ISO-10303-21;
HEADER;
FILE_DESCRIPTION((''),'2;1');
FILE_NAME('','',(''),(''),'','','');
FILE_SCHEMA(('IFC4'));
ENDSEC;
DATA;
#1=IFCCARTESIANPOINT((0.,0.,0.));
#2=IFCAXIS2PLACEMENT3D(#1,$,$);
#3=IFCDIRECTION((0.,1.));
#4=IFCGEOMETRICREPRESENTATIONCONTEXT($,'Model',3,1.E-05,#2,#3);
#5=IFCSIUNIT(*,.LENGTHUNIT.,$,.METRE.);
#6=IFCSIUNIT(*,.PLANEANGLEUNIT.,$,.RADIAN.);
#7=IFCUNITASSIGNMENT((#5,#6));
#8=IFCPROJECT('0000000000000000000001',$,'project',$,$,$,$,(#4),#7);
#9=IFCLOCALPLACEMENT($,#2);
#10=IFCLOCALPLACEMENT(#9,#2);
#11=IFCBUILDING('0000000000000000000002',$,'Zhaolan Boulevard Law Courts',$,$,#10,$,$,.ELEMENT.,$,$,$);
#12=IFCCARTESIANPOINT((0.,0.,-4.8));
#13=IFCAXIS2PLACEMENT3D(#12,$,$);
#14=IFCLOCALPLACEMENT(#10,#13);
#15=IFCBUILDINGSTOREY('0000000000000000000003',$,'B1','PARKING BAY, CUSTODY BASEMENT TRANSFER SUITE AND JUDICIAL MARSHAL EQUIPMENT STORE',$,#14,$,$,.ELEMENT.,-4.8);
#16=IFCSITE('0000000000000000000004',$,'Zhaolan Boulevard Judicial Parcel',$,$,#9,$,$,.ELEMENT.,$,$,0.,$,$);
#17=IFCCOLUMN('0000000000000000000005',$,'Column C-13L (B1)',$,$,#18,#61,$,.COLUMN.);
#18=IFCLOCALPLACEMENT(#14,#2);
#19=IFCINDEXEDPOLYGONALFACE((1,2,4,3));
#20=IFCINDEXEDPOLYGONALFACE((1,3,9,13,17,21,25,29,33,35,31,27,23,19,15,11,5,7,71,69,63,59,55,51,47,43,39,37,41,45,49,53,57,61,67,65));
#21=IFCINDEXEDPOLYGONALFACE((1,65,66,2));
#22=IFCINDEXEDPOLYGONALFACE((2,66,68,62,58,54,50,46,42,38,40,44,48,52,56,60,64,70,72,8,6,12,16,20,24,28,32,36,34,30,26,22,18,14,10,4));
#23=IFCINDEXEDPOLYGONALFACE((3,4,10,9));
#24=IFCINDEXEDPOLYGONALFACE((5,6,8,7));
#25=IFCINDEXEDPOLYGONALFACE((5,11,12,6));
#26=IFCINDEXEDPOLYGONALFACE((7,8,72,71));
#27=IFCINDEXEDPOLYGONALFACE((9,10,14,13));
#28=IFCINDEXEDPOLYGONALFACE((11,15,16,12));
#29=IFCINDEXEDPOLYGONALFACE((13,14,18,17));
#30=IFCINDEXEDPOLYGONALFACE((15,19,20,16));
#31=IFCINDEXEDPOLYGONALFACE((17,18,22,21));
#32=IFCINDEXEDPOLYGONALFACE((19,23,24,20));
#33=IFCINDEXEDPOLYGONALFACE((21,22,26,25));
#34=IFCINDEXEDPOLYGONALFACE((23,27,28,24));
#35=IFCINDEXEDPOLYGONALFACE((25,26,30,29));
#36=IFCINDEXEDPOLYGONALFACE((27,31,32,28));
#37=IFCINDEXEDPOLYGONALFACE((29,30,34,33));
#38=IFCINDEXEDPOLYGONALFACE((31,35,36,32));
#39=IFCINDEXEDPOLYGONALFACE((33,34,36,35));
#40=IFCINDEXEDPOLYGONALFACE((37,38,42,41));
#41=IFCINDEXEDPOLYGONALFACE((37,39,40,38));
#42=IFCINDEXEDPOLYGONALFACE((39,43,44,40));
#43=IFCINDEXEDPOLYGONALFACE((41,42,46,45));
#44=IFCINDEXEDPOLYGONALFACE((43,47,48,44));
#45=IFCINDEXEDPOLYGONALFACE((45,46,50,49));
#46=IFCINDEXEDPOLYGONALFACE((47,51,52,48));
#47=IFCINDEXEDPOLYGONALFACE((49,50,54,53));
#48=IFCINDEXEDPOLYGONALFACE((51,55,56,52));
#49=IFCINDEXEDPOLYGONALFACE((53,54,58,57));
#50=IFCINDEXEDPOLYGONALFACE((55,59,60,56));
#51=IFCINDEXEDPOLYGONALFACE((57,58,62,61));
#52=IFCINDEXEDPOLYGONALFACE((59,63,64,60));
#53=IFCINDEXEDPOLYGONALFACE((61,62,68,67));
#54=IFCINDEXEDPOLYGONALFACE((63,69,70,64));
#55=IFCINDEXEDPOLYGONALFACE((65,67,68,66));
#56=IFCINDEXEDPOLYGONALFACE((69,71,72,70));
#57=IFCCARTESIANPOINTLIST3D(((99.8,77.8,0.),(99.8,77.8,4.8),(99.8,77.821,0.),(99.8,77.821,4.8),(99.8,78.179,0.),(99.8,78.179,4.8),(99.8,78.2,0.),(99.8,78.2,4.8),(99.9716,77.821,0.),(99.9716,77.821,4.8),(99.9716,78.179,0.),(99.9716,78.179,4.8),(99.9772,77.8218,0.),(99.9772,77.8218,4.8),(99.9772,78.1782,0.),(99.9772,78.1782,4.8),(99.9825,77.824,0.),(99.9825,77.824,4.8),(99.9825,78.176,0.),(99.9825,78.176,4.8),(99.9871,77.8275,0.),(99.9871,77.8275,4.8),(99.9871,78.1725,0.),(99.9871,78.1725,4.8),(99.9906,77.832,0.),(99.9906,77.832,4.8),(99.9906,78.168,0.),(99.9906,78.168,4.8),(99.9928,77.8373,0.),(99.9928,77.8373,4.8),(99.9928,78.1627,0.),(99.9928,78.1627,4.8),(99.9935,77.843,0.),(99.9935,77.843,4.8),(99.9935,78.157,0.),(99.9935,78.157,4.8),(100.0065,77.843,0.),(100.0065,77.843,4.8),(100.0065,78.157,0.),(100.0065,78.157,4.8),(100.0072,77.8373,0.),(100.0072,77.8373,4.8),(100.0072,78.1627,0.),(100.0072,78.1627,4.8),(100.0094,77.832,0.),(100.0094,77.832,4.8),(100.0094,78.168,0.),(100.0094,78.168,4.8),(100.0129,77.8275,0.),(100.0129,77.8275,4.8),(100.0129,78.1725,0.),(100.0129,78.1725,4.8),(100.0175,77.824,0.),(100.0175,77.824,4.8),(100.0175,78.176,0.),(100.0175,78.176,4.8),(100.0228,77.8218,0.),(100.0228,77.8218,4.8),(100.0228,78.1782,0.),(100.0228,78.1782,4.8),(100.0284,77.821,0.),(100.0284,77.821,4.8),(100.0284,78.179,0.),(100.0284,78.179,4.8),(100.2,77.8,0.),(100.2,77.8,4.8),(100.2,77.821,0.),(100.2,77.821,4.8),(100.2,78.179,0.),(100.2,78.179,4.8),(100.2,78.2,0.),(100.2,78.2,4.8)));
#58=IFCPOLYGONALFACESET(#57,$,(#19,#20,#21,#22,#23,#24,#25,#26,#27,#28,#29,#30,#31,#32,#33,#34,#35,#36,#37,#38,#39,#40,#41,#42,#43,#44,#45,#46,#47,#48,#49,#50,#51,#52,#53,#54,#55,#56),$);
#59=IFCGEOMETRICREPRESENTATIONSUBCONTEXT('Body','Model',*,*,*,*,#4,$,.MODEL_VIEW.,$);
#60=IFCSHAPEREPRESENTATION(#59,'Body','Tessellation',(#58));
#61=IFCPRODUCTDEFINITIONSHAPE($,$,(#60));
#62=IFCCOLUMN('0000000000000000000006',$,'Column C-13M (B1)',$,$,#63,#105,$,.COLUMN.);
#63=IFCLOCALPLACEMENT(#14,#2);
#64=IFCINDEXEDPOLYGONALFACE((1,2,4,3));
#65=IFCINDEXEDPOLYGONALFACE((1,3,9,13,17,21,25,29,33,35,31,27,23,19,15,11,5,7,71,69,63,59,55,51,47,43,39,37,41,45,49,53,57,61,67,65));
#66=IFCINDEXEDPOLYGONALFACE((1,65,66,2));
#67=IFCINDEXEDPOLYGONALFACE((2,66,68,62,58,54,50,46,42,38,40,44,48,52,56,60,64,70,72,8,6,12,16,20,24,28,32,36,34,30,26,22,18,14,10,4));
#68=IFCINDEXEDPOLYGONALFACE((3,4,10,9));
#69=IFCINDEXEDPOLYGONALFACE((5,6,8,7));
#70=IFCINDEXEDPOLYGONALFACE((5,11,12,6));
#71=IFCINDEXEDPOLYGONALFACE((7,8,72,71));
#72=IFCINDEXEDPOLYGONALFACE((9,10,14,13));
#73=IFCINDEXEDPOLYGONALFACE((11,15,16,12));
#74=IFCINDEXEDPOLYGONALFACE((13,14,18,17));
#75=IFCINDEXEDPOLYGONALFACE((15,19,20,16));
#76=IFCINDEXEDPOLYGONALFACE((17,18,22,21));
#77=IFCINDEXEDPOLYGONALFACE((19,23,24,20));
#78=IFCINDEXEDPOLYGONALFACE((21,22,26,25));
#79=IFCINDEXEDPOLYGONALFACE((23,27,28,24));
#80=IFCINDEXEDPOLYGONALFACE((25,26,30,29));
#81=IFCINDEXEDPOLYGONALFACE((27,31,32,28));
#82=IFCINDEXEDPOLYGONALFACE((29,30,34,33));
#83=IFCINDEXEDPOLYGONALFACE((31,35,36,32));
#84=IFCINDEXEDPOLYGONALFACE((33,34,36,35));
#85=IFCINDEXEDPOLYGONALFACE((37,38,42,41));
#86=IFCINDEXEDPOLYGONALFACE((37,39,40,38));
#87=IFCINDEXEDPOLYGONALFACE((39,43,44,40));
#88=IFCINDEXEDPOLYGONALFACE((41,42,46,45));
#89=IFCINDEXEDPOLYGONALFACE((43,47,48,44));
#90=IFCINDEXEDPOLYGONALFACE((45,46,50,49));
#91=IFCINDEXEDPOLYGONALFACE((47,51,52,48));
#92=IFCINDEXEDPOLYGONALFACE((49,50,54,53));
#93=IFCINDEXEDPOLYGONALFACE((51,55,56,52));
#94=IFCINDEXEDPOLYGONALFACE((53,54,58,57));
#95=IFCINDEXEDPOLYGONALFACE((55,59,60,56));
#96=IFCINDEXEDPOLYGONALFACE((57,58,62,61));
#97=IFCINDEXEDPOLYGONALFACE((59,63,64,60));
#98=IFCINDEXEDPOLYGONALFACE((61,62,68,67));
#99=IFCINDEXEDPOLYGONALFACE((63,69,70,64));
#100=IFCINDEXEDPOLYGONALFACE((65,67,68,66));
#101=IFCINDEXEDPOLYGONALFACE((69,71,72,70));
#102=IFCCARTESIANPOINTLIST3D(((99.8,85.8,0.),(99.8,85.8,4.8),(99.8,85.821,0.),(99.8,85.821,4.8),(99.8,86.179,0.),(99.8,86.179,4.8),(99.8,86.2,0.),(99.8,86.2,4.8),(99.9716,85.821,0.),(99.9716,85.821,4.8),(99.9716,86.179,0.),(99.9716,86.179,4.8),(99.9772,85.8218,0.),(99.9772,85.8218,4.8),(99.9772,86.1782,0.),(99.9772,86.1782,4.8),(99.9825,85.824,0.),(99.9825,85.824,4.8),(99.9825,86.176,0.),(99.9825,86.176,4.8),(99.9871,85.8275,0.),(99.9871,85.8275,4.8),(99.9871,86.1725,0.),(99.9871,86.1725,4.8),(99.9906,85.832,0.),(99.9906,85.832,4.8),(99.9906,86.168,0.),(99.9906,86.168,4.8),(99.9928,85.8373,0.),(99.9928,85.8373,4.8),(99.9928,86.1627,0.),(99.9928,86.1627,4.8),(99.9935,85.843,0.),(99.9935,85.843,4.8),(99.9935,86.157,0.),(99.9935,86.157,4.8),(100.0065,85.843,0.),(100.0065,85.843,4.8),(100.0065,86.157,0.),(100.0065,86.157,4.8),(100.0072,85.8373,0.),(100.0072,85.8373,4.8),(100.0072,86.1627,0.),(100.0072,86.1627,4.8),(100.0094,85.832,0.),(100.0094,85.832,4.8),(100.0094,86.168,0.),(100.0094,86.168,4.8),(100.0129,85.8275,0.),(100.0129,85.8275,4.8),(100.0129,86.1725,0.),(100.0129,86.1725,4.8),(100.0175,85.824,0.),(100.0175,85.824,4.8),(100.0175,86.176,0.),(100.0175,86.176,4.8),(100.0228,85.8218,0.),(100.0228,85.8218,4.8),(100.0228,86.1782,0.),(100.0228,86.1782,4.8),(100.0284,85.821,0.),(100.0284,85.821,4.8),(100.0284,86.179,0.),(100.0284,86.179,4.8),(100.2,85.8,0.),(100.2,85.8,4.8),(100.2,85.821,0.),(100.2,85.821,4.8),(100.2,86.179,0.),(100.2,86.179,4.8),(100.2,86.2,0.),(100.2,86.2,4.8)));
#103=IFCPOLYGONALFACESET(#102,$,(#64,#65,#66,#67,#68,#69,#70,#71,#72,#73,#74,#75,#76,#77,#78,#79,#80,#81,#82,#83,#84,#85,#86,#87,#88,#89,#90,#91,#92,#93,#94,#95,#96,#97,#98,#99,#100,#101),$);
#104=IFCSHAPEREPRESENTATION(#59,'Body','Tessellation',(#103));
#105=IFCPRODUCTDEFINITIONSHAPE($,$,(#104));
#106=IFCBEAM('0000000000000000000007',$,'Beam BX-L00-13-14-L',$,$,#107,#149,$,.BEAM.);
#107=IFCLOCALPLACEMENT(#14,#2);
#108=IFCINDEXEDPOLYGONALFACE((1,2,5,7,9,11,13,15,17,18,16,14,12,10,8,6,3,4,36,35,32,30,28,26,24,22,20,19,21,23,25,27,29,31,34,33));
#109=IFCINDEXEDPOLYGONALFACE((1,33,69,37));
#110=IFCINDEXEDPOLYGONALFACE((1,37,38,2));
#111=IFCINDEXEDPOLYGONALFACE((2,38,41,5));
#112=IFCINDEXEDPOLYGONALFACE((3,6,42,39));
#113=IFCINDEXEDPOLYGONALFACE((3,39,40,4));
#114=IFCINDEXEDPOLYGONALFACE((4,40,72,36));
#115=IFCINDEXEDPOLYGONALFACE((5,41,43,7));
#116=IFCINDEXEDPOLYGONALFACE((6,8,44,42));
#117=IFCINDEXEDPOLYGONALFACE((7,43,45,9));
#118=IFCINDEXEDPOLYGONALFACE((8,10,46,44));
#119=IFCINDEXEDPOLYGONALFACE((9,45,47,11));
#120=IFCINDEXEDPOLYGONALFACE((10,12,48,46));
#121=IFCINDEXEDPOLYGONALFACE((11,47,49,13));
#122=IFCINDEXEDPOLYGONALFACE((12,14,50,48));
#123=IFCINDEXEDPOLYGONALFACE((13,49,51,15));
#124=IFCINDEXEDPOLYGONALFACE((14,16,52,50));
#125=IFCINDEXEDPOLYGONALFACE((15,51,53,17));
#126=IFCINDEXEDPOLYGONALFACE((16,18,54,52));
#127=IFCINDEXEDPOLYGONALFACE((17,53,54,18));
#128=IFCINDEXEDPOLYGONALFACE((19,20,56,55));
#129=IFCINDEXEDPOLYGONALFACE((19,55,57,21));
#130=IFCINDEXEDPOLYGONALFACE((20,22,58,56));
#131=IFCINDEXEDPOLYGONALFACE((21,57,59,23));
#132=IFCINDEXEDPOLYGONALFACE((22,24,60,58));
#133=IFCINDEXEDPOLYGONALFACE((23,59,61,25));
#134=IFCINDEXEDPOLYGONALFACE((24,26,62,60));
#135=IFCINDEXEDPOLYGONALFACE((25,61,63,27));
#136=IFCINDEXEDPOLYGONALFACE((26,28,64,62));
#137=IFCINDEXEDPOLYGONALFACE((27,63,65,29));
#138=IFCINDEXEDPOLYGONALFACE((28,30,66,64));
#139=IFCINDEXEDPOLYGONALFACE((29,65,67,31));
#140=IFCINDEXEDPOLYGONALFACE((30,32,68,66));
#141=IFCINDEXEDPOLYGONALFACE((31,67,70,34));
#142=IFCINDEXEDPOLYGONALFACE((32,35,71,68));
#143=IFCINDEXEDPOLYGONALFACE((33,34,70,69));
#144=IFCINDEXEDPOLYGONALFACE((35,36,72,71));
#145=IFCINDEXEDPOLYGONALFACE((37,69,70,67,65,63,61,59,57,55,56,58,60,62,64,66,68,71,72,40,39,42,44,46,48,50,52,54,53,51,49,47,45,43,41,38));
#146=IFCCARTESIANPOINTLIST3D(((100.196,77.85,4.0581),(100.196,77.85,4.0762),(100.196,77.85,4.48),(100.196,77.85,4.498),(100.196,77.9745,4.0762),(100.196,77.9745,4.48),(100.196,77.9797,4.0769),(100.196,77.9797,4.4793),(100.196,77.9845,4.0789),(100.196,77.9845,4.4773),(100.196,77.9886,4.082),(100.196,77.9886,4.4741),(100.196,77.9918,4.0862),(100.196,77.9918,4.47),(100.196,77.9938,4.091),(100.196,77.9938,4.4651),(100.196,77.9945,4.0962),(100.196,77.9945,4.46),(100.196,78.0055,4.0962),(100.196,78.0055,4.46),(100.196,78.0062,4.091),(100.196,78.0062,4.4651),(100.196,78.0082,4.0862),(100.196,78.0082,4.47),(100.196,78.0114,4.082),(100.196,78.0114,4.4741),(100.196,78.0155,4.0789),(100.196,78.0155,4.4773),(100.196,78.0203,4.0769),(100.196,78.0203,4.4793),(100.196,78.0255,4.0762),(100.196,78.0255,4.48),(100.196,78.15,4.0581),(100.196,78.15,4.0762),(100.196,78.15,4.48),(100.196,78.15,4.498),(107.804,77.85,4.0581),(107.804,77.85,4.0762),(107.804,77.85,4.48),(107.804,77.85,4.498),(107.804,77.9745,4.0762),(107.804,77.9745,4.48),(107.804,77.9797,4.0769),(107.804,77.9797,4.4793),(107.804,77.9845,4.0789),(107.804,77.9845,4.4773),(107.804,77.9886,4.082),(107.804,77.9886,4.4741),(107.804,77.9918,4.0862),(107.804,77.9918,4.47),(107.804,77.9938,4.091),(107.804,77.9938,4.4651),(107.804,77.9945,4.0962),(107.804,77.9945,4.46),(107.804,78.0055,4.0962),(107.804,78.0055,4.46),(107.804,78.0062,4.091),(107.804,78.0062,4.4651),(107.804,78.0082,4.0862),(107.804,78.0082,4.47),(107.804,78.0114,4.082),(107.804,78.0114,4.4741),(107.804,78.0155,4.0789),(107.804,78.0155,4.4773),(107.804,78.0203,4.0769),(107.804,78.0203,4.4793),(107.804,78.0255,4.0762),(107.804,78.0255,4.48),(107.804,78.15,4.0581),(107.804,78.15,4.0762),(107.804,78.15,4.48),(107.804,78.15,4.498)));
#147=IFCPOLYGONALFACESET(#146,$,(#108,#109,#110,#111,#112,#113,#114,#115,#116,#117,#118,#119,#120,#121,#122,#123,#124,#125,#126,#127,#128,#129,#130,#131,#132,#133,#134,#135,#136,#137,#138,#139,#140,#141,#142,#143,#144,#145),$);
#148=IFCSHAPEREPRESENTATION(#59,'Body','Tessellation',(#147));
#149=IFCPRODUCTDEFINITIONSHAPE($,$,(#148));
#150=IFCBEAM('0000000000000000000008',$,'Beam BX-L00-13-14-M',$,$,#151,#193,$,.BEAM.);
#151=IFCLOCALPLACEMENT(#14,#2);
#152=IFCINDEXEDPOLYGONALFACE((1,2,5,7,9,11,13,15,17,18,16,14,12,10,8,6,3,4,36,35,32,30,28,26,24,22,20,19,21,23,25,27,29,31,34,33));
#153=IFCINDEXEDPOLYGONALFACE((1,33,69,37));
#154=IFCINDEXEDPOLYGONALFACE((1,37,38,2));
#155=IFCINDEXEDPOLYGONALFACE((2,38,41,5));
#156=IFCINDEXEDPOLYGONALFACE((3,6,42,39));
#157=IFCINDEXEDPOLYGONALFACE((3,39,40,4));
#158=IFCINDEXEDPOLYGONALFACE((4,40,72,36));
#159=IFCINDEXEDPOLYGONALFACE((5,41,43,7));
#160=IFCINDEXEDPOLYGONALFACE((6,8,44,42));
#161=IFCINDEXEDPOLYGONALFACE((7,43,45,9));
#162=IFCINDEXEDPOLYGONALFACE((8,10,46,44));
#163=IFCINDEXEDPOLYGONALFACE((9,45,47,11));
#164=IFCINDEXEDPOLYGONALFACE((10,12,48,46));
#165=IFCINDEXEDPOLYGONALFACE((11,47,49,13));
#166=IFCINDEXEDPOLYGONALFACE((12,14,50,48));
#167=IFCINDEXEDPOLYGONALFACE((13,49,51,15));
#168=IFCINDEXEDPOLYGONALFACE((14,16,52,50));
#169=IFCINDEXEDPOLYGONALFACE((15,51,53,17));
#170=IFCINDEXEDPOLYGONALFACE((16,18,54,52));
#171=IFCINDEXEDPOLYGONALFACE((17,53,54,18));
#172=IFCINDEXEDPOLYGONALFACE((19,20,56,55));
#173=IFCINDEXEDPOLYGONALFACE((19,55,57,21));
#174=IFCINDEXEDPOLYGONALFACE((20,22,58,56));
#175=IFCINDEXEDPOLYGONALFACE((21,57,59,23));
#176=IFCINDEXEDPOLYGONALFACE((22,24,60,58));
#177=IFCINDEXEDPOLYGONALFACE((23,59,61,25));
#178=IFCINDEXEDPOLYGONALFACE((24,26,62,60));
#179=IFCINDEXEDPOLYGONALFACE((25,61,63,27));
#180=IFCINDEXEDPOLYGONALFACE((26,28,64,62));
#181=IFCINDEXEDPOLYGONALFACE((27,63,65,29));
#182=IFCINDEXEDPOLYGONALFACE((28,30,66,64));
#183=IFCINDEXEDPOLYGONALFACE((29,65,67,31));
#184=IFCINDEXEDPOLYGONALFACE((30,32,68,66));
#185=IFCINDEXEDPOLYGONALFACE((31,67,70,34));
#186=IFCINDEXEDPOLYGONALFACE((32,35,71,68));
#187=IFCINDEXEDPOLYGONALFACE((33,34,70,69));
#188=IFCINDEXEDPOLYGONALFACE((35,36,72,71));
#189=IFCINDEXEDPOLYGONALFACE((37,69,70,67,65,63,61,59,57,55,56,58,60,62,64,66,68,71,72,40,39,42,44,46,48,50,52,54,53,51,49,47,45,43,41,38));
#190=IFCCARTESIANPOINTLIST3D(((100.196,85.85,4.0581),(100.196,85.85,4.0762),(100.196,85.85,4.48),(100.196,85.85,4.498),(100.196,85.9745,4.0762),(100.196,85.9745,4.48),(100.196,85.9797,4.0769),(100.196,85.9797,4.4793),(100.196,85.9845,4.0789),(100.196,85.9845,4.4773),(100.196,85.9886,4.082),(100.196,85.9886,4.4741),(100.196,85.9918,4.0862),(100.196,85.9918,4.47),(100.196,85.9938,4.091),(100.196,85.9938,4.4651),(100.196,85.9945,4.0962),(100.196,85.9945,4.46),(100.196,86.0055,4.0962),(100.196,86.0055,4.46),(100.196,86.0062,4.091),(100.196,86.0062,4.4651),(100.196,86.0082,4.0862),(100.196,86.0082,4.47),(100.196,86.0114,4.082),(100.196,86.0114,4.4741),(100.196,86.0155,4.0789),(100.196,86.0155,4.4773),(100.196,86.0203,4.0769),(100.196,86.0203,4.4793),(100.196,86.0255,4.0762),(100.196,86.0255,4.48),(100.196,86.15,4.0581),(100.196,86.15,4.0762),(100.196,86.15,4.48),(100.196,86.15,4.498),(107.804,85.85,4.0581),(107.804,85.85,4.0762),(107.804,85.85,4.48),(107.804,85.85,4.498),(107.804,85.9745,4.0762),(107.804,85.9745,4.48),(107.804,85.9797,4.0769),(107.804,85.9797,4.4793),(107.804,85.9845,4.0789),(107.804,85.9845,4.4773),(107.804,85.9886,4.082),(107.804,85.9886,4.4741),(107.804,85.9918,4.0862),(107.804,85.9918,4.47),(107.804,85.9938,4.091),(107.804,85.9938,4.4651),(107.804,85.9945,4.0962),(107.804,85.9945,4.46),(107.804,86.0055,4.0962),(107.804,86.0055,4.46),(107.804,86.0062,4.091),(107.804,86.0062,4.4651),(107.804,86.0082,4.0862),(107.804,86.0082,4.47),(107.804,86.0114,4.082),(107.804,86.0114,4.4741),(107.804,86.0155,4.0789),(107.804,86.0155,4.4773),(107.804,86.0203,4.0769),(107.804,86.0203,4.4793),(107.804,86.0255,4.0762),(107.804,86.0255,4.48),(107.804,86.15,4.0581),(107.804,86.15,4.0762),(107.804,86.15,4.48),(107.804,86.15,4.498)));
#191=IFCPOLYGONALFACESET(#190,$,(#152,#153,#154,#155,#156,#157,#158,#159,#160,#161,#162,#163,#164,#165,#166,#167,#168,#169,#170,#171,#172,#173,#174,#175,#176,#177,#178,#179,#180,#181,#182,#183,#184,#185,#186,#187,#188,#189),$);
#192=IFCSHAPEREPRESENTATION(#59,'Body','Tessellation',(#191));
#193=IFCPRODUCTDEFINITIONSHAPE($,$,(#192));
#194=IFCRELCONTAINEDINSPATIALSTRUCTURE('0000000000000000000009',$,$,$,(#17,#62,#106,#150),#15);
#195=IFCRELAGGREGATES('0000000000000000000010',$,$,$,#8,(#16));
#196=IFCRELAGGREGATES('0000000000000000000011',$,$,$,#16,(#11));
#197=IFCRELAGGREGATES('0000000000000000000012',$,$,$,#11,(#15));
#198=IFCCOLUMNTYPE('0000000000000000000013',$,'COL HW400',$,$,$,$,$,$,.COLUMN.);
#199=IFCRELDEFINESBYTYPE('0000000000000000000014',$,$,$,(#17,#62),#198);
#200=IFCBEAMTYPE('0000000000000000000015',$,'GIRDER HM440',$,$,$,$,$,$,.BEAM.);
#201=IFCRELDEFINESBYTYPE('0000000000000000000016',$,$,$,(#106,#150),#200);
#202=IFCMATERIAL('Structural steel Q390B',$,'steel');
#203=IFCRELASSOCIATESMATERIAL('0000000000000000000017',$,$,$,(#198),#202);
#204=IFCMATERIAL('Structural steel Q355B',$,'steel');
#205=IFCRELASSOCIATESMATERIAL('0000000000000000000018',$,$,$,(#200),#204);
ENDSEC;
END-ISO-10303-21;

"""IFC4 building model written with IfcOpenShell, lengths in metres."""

from ifc_helpers import new_model, si_unit, direction, frame, origin, origin_2d, place, context, subcontext, project, spatial, i_section, extrude, material, material_profile, profile_set, type_object, element, save


model = new_model("IFC4")

# Units and contexts
model_context = context("Model", 3, precision=1e-05, world=origin(), true_north=direction((0.0, 1.0)))
body_context = subcontext(model_context, "Body", "Model", "MODEL_VIEW")
ifc_project = project(units=[si_unit("LENGTHUNIT", "METRE"), si_unit("PLANEANGLEUNIT", "RADIAN")], contexts=[model_context])

# Site, building, storey
site_placement = place(None, origin())
site = spatial("IfcSite", under=ifc_project, at=site_placement, Name="Zhaolan Boulevard Judicial Parcel", CompositionType="ELEMENT", RefElevation=0.0)
building_placement = place(site_placement, origin())
building = spatial("IfcBuilding", under=site, at=building_placement, Name="Zhaolan Boulevard Law Courts", CompositionType="ELEMENT")
storey_placement = place(building_placement, frame((0.0, 0.0, -4.8)))
storey = spatial("IfcBuildingStorey", under=building, at=storey_placement, Name="B1", Description="PARKING BAY, CUSTODY BASEMENT TRANSFER SUITE AND JUDICIAL MARSHAL EQUIPMENT STORE", CompositionType="ELEMENT", Elevation=-4.8)

# Columns
ifc_material_1 = material(Name="Structural steel Q390B", Category="steel")
ifc_material_profile_1 = material_profile(ifc_material_1, i_section(OverallWidth=0.3999, OverallDepth=0.3999, WebThickness=0.0129, FlangeThickness=0.021, FilletRadius=0.022, at=origin_2d()), Name="HW400x400")
ifc_profile_set_1 = profile_set([ifc_material_profile_1], Name="Structural steel Q390B")
column_type = type_object("IfcColumnType", Name="COL HW400", PredefinedType="COLUMN", material=ifc_profile_set_1)
for number, where, z_axis, x_axis, name in (
    (1, (100.0, 78.0, 0.0), (0.0, 0.0, 1.0), (1.0, 0.0, 0.0), "Column C-13L (B1)"),
    (2, (100.0, 86.0, 0.0), (0.0, 0.0, 1.0), (1.0, 0.0, 0.0), "Column C-13M (B1)"),
):
    element("IfcColumn", number, at=place(storey_placement, frame(where, z_axis=z_axis, x_axis=x_axis)), inside=storey, type_object=column_type, Name=name, PredefinedType="COLUMN", context=body_context, shape_type="SweptSolid", body=[
        extrude(i_section(OverallWidth=0.3999, OverallDepth=0.3999, WebThickness=0.0129, FlangeThickness=0.021, FilletRadius=0.022, at=origin_2d()), origin(), (0.0, 0.0, 1.0), 4.8),
    ])

# Beams
ifc_material_2 = material(Name="Structural steel Q355B", Category="steel")
ifc_material_profile_2 = material_profile(ifc_material_2, i_section(OverallWidth=0.3, OverallDepth=0.4399, WebThickness=0.011, FlangeThickness=0.0181, FilletRadius=0.02, at=origin_2d()), Name="HM440x300")
ifc_profile_set_2 = profile_set([ifc_material_profile_2], Name="Structural steel Q355B")
beam_type_1 = type_object("IfcBeamType", Name="GIRDER HM440", PredefinedType="BEAM", material=ifc_profile_set_2)
for number, where, z_axis, x_axis, name in (
    (3, (100.196, 78.0, 4.2781), (1.0, 0.0, 0.0), (0.0, 1.0, 0.0), "Beam BX-L00-13-14-L"),
    (4, (100.196, 86.0, 4.2781), (1.0, 0.0, 0.0), (0.0, 1.0, 0.0), "Beam BX-L00-13-14-M"),
):
    element("IfcBeam", number, at=place(storey_placement, frame(where, z_axis=z_axis, x_axis=x_axis)), inside=storey, type_object=beam_type_1, Name=name, PredefinedType="BEAM", context=body_context, shape_type="SweptSolid", body=[
        extrude(i_section(OverallWidth=0.3, OverallDepth=0.4399, WebThickness=0.011, FlangeThickness=0.0181, FilletRadius=0.02, at=origin_2d()), origin(), (0.0, 0.0, 1.0), 7.6079),
    ])

save(model, "model.ifc")
